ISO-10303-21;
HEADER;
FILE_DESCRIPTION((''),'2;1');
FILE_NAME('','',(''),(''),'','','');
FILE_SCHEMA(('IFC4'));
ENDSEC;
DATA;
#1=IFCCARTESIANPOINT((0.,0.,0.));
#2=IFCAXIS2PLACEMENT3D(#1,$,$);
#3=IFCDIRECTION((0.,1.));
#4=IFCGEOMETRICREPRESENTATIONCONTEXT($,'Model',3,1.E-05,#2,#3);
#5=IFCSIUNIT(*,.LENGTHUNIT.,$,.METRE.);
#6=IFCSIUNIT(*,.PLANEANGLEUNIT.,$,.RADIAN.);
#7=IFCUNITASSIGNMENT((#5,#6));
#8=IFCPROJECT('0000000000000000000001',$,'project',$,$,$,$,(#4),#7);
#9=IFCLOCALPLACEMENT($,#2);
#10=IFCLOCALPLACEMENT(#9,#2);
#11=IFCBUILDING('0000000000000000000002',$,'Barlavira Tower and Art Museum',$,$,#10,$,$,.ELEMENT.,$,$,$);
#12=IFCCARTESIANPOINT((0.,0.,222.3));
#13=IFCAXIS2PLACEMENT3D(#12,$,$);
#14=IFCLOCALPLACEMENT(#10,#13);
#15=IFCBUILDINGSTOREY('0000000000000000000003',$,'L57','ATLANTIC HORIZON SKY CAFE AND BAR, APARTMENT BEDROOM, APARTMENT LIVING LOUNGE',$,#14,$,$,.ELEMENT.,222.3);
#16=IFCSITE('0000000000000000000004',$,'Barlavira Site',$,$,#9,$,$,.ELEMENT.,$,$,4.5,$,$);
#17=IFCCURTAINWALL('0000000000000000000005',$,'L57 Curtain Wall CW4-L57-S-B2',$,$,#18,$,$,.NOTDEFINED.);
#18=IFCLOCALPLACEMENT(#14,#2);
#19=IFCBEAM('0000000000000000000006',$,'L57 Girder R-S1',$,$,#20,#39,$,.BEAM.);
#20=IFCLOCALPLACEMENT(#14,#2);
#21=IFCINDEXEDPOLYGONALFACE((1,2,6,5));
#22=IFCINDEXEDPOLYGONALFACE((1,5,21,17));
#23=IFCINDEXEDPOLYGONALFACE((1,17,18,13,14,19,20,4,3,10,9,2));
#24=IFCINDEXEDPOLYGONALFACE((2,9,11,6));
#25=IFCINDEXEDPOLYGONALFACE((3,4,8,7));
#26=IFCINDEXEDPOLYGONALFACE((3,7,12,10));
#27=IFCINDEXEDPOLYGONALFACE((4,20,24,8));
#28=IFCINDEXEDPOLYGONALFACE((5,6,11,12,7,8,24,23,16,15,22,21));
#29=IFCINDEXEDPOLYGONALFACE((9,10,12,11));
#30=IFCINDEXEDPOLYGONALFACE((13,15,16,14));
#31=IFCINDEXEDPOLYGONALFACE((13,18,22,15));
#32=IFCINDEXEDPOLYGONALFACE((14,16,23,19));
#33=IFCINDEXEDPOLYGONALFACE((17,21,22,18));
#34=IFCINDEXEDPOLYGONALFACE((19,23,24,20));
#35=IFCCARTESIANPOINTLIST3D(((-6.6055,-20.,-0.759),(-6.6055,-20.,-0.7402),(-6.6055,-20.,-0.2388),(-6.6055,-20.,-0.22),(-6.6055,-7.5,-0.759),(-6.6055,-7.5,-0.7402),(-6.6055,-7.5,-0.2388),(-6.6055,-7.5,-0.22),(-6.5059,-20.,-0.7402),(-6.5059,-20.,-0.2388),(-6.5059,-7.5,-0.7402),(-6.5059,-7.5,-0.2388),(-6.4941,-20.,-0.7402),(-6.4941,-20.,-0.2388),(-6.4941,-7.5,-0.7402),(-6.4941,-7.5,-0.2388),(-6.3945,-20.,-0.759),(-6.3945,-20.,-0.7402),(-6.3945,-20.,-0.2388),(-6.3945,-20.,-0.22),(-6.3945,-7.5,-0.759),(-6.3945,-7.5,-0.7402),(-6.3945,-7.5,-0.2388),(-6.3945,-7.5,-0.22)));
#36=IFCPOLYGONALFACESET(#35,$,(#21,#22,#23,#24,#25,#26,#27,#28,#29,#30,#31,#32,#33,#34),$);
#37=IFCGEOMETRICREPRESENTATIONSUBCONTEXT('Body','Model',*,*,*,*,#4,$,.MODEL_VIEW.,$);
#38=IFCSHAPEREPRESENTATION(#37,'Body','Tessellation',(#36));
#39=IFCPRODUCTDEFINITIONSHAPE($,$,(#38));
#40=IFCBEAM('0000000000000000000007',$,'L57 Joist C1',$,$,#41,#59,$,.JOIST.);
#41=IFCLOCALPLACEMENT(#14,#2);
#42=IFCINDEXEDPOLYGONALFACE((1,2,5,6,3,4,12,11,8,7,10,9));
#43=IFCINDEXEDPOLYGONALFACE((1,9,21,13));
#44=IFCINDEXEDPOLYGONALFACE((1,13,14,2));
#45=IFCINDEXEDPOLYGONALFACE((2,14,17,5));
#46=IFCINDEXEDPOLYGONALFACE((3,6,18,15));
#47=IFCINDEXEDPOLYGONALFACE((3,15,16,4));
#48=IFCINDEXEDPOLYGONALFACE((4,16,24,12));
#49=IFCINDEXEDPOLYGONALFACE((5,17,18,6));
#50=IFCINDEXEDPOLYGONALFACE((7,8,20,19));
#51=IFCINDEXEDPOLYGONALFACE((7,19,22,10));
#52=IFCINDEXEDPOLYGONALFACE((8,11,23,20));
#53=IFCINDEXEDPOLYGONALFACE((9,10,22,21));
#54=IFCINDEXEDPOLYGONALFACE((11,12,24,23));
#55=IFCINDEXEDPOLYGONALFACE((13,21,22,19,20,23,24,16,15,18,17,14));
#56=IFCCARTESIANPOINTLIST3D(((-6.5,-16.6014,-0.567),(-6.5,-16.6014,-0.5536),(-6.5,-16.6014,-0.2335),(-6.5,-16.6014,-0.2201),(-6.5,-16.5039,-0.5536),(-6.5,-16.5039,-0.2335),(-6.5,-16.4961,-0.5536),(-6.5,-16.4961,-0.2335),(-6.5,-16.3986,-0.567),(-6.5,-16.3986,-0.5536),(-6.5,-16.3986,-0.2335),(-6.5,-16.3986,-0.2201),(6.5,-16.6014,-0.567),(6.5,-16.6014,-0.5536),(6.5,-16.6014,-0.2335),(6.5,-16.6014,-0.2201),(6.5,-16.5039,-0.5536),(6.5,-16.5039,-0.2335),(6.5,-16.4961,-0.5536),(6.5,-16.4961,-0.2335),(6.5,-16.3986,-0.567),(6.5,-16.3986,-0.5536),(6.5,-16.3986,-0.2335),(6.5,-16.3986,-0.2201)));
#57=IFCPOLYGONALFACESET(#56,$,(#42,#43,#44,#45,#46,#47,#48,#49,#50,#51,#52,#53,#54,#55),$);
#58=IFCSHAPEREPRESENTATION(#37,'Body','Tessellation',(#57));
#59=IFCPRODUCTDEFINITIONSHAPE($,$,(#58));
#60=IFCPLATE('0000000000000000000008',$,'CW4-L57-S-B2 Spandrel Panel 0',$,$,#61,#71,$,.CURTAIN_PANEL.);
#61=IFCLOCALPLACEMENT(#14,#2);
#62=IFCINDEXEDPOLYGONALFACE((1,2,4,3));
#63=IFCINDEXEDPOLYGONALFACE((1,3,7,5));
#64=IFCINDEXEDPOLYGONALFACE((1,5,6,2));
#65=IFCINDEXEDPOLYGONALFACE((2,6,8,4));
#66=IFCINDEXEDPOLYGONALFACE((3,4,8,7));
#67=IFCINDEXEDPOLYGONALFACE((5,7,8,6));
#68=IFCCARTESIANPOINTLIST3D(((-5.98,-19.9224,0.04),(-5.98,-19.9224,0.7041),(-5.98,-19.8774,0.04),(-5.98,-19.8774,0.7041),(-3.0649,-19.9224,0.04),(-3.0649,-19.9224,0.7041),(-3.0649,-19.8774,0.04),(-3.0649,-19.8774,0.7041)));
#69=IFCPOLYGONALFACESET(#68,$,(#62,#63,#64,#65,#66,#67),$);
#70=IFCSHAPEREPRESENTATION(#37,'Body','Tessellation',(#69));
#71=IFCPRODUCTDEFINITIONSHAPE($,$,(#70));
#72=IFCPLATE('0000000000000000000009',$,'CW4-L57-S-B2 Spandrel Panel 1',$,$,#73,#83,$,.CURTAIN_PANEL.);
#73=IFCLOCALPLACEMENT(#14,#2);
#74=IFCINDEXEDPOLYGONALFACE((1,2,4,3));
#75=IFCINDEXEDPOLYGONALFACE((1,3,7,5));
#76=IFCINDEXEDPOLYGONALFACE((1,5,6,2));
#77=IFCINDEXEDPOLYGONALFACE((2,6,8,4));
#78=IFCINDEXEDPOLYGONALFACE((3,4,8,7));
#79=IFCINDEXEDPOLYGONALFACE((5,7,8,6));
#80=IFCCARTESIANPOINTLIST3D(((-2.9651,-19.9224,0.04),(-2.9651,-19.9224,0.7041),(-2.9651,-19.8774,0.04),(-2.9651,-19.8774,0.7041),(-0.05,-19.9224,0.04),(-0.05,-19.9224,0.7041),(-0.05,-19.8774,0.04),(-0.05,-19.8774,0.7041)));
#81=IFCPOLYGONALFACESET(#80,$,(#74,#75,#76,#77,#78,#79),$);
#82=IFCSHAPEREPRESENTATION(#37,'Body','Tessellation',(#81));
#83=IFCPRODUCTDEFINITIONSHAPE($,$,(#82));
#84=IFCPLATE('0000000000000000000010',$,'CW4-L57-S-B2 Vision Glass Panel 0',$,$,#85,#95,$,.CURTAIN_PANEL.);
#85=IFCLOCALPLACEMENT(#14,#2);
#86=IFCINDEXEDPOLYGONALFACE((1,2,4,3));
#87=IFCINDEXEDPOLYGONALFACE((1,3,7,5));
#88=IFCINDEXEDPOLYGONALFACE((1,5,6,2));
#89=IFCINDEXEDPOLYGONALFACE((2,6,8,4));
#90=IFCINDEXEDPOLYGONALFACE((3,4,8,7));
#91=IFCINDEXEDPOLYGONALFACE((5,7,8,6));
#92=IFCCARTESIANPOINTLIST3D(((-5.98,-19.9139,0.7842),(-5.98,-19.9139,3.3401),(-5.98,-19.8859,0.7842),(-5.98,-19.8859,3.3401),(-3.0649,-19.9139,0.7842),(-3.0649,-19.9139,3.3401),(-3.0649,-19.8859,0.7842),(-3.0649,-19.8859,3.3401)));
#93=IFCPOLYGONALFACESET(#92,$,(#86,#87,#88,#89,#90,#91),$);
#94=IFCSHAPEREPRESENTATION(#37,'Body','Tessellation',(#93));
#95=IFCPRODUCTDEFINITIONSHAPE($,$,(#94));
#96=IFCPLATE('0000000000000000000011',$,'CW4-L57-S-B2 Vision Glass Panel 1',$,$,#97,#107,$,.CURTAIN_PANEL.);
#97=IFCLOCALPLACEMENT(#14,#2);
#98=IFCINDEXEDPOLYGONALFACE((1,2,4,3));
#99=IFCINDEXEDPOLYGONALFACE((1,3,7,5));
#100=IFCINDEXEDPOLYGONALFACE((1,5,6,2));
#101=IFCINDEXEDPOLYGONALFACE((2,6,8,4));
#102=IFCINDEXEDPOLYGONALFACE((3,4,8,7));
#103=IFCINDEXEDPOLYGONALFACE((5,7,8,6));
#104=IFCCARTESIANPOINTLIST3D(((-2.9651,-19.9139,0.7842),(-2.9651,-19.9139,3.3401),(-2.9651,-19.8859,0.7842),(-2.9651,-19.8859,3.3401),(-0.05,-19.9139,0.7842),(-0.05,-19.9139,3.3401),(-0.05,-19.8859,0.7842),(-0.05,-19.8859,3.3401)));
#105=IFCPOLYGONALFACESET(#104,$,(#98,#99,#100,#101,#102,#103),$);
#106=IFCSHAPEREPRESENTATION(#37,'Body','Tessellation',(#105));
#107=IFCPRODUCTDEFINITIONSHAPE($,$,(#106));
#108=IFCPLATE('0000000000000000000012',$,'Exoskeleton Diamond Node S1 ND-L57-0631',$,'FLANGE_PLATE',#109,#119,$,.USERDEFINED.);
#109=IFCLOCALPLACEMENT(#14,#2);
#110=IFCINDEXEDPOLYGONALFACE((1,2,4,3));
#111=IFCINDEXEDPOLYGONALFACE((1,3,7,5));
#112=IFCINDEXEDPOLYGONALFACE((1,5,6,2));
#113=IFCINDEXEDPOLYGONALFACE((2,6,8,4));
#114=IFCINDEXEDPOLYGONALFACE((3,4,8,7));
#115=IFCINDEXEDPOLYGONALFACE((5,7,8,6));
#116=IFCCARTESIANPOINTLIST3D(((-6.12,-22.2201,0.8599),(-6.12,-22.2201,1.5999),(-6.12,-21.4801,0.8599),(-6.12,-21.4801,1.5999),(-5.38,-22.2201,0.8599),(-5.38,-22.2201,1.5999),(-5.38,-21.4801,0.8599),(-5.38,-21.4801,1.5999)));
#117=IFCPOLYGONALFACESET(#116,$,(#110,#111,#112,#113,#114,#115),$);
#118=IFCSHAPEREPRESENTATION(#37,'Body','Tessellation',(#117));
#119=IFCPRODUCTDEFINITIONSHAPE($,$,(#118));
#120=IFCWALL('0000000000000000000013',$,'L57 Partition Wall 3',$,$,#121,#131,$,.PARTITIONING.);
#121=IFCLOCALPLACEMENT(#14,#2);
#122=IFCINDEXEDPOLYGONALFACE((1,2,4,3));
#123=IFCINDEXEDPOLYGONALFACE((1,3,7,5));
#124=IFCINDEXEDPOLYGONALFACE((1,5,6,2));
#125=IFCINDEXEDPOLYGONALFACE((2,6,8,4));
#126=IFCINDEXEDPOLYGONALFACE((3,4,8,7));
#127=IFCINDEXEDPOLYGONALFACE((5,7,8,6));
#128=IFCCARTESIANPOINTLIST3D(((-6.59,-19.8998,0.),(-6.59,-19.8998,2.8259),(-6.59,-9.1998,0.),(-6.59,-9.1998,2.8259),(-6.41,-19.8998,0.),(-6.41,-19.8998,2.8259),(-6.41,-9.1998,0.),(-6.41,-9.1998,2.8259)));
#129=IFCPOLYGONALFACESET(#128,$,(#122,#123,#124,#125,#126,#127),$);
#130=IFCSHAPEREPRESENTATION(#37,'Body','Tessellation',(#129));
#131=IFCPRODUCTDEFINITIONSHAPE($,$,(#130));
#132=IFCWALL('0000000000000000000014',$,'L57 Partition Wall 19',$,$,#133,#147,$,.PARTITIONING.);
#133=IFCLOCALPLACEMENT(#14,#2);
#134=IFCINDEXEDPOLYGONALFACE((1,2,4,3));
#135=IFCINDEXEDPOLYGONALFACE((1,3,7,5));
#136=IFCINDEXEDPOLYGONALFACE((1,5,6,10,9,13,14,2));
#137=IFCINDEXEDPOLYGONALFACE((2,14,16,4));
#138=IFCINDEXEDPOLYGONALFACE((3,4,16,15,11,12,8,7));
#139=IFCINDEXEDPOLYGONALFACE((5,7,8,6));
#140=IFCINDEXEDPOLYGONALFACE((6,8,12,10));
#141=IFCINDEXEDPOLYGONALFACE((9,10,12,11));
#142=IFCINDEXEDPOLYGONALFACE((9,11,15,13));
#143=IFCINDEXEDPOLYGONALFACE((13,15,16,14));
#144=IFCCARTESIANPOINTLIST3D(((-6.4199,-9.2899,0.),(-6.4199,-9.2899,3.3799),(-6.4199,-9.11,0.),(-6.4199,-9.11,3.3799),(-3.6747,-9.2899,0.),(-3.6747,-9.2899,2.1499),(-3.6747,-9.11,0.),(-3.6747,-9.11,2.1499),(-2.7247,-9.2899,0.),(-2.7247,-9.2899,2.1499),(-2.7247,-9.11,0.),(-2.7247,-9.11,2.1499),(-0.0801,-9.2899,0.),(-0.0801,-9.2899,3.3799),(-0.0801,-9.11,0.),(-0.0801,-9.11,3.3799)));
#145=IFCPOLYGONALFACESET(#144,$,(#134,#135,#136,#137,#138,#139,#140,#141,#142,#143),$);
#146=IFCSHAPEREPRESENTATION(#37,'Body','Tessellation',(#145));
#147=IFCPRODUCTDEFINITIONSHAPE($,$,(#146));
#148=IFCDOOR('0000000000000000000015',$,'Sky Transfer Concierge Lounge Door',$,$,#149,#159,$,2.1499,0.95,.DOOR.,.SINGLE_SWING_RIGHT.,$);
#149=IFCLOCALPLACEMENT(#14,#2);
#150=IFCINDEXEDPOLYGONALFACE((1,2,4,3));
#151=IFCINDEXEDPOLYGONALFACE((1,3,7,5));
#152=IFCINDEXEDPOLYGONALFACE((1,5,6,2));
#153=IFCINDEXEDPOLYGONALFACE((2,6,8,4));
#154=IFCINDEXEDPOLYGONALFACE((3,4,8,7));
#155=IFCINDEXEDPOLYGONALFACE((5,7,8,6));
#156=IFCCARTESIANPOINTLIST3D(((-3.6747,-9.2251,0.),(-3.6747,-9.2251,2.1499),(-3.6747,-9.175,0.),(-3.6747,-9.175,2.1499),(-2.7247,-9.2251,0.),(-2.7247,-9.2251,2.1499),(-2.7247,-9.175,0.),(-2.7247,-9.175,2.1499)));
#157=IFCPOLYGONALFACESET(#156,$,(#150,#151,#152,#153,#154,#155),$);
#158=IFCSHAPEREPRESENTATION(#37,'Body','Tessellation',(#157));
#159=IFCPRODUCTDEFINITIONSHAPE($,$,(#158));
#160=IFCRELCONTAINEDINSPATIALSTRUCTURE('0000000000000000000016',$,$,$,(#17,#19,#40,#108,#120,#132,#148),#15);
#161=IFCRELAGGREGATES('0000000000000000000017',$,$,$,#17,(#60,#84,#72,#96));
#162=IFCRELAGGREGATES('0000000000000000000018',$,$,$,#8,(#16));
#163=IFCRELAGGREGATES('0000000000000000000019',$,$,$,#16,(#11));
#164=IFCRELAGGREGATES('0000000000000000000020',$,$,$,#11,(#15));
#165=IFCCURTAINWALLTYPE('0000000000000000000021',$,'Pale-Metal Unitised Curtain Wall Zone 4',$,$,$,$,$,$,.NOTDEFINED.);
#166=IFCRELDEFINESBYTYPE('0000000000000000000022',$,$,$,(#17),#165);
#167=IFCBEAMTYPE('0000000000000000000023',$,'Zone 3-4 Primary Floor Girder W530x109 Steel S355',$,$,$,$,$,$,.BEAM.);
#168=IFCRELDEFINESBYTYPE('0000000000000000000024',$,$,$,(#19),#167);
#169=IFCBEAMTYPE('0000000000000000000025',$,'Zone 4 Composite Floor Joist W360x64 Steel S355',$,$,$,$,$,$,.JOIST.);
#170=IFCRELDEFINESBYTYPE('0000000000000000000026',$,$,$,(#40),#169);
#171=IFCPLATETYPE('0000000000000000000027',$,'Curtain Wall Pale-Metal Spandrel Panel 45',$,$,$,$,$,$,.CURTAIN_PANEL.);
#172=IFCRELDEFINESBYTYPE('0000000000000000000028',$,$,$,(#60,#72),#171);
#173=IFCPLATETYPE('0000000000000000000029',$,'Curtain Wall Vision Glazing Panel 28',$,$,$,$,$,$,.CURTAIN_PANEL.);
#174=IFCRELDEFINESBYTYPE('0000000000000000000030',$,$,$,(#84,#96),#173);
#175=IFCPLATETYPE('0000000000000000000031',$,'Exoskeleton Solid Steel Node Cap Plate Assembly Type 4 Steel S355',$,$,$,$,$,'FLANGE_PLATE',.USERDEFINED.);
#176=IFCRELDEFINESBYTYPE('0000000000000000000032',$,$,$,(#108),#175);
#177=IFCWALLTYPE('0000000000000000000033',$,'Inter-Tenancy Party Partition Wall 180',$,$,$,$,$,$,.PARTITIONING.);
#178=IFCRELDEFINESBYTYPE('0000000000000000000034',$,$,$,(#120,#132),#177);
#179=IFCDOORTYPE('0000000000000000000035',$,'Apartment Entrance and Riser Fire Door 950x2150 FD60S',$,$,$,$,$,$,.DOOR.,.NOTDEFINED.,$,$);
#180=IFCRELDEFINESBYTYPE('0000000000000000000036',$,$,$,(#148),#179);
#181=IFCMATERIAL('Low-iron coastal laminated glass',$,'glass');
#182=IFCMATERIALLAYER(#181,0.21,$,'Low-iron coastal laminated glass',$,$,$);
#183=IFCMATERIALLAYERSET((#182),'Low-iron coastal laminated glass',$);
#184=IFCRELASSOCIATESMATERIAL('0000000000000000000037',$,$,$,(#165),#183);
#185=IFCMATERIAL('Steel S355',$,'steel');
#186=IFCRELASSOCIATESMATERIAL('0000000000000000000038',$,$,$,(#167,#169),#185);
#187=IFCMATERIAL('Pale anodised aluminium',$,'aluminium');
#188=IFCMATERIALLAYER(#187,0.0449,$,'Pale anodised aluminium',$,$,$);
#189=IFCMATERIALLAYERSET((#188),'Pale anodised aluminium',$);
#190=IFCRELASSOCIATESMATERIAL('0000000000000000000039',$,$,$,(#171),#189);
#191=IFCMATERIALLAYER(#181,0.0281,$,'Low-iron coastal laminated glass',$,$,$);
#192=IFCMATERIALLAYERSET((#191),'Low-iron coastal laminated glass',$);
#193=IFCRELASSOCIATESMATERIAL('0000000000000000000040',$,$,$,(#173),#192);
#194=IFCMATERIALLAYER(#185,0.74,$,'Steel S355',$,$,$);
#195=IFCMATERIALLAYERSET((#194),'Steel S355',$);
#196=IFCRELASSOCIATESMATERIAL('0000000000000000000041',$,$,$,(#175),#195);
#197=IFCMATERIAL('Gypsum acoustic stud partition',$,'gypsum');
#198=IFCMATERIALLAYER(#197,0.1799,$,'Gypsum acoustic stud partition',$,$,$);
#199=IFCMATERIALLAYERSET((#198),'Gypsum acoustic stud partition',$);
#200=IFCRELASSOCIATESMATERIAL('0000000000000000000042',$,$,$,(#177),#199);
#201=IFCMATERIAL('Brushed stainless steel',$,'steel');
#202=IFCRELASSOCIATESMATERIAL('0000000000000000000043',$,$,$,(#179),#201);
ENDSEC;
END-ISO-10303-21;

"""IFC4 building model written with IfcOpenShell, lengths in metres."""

from ifc_helpers import new_model, si_unit, direction, frame, frame_2d, origin, origin_2d, place, context, subcontext, project, spatial, rectangle, i_section, extrude, material, layer, layer_set, material_profile, profile_set, type_object, element, fill, aggregate, save


model = new_model("IFC4")

# Units and contexts
model_context = context("Model", 3, precision=1e-05, world=origin(), true_north=direction((0.0, 1.0)))
body_context = subcontext(model_context, "Body", "Model", "MODEL_VIEW")
ifc_project = project(units=[si_unit("LENGTHUNIT", "METRE"), si_unit("PLANEANGLEUNIT", "RADIAN")], contexts=[model_context])

# Site, building, storey
site_placement = place(None, origin())
site = spatial("IfcSite", under=ifc_project, at=site_placement, Name="Barlavira Site", CompositionType="ELEMENT", RefElevation=4.5)
building_placement = place(site_placement, origin())
building = spatial("IfcBuilding", under=site, at=building_placement, Name="Barlavira Tower and Art Museum", CompositionType="ELEMENT")
storey_placement = place(building_placement, frame((0.0, 0.0, 222.3)))
storey = spatial("IfcBuildingStorey", under=building, at=storey_placement, Name="L57", Description="ATLANTIC HORIZON SKY CAFE AND BAR, APARTMENT BEDROOM, APARTMENT LIVING LOUNGE", CompositionType="ELEMENT", Elevation=222.3)

# Curtain wall
ifc_material_1 = material(Name="Low-iron coastal laminated glass", Category="glass")
ifc_layer_1 = layer(ifc_material_1, 0.21, Name="Low-iron coastal laminated glass")
ifc_layer_set_1 = layer_set([ifc_layer_1], Name="Low-iron coastal laminated glass")
curtain_wall_type = type_object("IfcCurtainWallType", Name="Pale-Metal Unitised Curtain Wall Zone 4", PredefinedType="NOTDEFINED", material=ifc_layer_set_1)
curtain_wall_placement = place(storey_placement, origin())
curtain_wall = element("IfcCurtainWall", 1, at=curtain_wall_placement, inside=storey, type_object=curtain_wall_type, Name="L57 Curtain Wall CW4-L57-S-B2", PredefinedType="NOTDEFINED")
ifc_material_2 = material(Name="Pale anodised aluminium", Category="aluminium")

# Beams
ifc_material_3 = material(Name="Steel S355", Category="steel")
ifc_material_profile_1 = material_profile(ifc_material_3, i_section(OverallWidth=0.2109, OverallDepth=0.5391, WebThickness=0.0117, FlangeThickness=0.0188, at=origin_2d()), Name="W530x109.0")
ifc_profile_set_1 = profile_set([ifc_material_profile_1], Name="Steel S355")
beam_type_1 = type_object("IfcBeamType", Name="Zone 3-4 Primary Floor Girder W530x109 Steel S355", PredefinedType="BEAM", material=ifc_profile_set_1)
beam_1_placement = place(storey_placement, frame((-6.5, -20.0, -0.4895), z_axis=(0.0, 1.0, 0.0), x_axis=(-1.0, 0.0, 0.0)))
element("IfcBeam", 2, at=beam_1_placement, inside=storey, type_object=beam_type_1, Name="L57 Girder R-S1", PredefinedType="BEAM", context=body_context, shape_type="SweptSolid", body=[
    extrude(i_section(OverallWidth=0.2109, OverallDepth=0.5391, WebThickness=0.0117, FlangeThickness=0.0188, at=origin_2d()), origin(), (0.0, 0.0, 1.0), 12.5),
])
ifc_material_profile_2 = material_profile(ifc_material_3, i_section(OverallWidth=0.2029, OverallDepth=0.3469, WebThickness=0.0078, FlangeThickness=0.0134, at=origin_2d()), Name="W360x64.0")
ifc_profile_set_2 = profile_set([ifc_material_profile_2], Name="Steel S355")
beam_type_2 = type_object("IfcBeamType", Name="Zone 4 Composite Floor Joist W360x64 Steel S355", PredefinedType="JOIST", material=ifc_profile_set_2)
beam_2_placement = place(storey_placement, frame((-6.5, -16.5, -0.3936), z_axis=(1.0, 0.0, 0.0), x_axis=(0.0, 1.0, 0.0)))
element("IfcBeam", 3, at=beam_2_placement, inside=storey, type_object=beam_type_2, Name="L57 Joist C1", PredefinedType="JOIST", context=body_context, shape_type="SweptSolid", body=[
    extrude(i_section(OverallWidth=0.2029, OverallDepth=0.3469, WebThickness=0.0078, FlangeThickness=0.0134, at=origin_2d()), origin(), (0.0, 0.0, 1.0), 13.0),
])

# Plates
ifc_layer_2 = layer(ifc_material_2, 0.0449, Name="Pale anodised aluminium")
ifc_layer_set_2 = layer_set([ifc_layer_2], Name="Pale anodised aluminium")
plate_type_1 = type_object("IfcPlateType", Name="Curtain Wall Pale-Metal Spandrel Panel 45", PredefinedType="CURTAIN_PANEL", material=ifc_layer_set_2)
plate_1_placement = place(storey_placement, frame((-4.5225, -19.8999, 0.04), z_axis=(0.0, 0.0, 1.0), x_axis=(1.0, 0.0, 0.0)))
plate_1 = element("IfcPlate", 4, at=plate_1_placement, type_object=plate_type_1, Name="CW4-L57-S-B2 Spandrel Panel 0", PredefinedType="CURTAIN_PANEL", context=body_context, shape_type="SweptSolid", body=[
    extrude(rectangle(XDim=2.915, YDim=0.0449, at=origin_2d()), origin(), (0.0, 0.0, 1.0), 0.6641),
])
plate_2_placement = place(storey_placement, frame((-1.5076, -19.8999, 0.04), z_axis=(0.0, 0.0, 1.0), x_axis=(1.0, 0.0, 0.0)))
plate_2 = element("IfcPlate", 5, at=plate_2_placement, type_object=plate_type_1, Name="CW4-L57-S-B2 Spandrel Panel 1", PredefinedType="CURTAIN_PANEL", context=body_context, shape_type="SweptSolid", body=[
    extrude(rectangle(XDim=2.915, YDim=0.0449, at=origin_2d()), origin(), (0.0, 0.0, 1.0), 0.6641),
])
ifc_layer_3 = layer(ifc_material_1, 0.0281, Name="Low-iron coastal laminated glass")
ifc_layer_set_3 = layer_set([ifc_layer_3], Name="Low-iron coastal laminated glass")
plate_type_2 = type_object("IfcPlateType", Name="Curtain Wall Vision Glazing Panel 28", PredefinedType="CURTAIN_PANEL", material=ifc_layer_set_3)
plate_3_placement = place(storey_placement, frame((-4.5225, -19.8999, 0.7842), z_axis=(0.0, 0.0, 1.0), x_axis=(1.0, 0.0, 0.0)))
plate_3 = element("IfcPlate", 6, at=plate_3_placement, type_object=plate_type_2, Name="CW4-L57-S-B2 Vision Glass Panel 0", PredefinedType="CURTAIN_PANEL", context=body_context, shape_type="SweptSolid", body=[
    extrude(rectangle(XDim=2.915, YDim=0.0281, at=origin_2d()), origin(), (0.0, 0.0, 1.0), 2.5559),
])
plate_4_placement = place(storey_placement, frame((-1.5076, -19.8999, 0.7842), z_axis=(0.0, 0.0, 1.0), x_axis=(1.0, 0.0, 0.0)))
plate_4 = element("IfcPlate", 7, at=plate_4_placement, type_object=plate_type_2, Name="CW4-L57-S-B2 Vision Glass Panel 1", PredefinedType="CURTAIN_PANEL", context=body_context, shape_type="SweptSolid", body=[
    extrude(rectangle(XDim=2.915, YDim=0.0281, at=origin_2d()), origin(), (0.0, 0.0, 1.0), 2.5559),
])
aggregate(curtain_wall, [plate_1, plate_3, plate_2, plate_4])
ifc_layer_4 = layer(ifc_material_3, 0.74, Name="Steel S355")
ifc_layer_set_4 = layer_set([ifc_layer_4], Name="Steel S355")
plate_type_3 = type_object("IfcPlateType", Name="Exoskeleton Solid Steel Node Cap Plate Assembly Type 4 Steel S355", ElementType="FLANGE_PLATE", PredefinedType="USERDEFINED", material=ifc_layer_set_4)
plate_5_placement = place(storey_placement, frame((-5.75, -21.8501, 0.8599), z_axis=(0.0, 0.0, 1.0), x_axis=(1.0, 0.0, 0.0)))
element("IfcPlate", 8, at=plate_5_placement, inside=storey, type_object=plate_type_3, Name="Exoskeleton Diamond Node S1 ND-L57-0631", ObjectType="FLANGE_PLATE", PredefinedType="USERDEFINED", context=body_context, shape_type="SweptSolid", body=[
    extrude(rectangle(XDim=0.74, YDim=0.74, at=origin_2d()), origin(), (0.0, 0.0, 1.0), 0.74),
])

# Wall
ifc_material_4 = material(Name="Gypsum acoustic stud partition", Category="gypsum")
ifc_layer_5 = layer(ifc_material_4, 0.1799, Name="Gypsum acoustic stud partition")
ifc_layer_set_5 = layer_set([ifc_layer_5], Name="Gypsum acoustic stud partition")
wall_type = type_object("IfcWallType", Name="Inter-Tenancy Party Partition Wall 180", PredefinedType="PARTITIONING", material=ifc_layer_set_5)
wall_1_placement = place(storey_placement, frame((-6.5, -19.8999, 0.0), z_axis=(0.0, 0.0, 1.0), x_axis=(0.0, 1.0, 0.0)))
element("IfcWall", 9, at=wall_1_placement, inside=storey, type_object=wall_type, Name="L57 Partition Wall 3", PredefinedType="PARTITIONING", context=body_context, shape_type="SweptSolid", body=[
    extrude(rectangle(XDim=10.7, YDim=0.1799, at=frame_2d((5.3501, 0.0))), origin(), (0.0, 0.0, 1.0), 2.8259),
])

# Wall, opening, door
wall_2_placement = place(storey_placement, frame((-6.4199, -9.2, 0.0), z_axis=(0.0, 0.0, 1.0), x_axis=(1.0, 0.0, 0.0)))
wall_2 = element("IfcWall", 10, at=wall_2_placement, inside=storey, type_object=wall_type, Name="L57 Partition Wall 19", PredefinedType="PARTITIONING", context=body_context, shape_type="SweptSolid", body=[
    extrude(rectangle(XDim=6.3398, YDim=0.1799, at=frame_2d((3.1699, 0.0))), origin(), (0.0, 0.0, 1.0), 3.3799),
])
opening_placement = place(wall_2_placement, frame((2.7451, 0.0, 0.0)))
opening = element("IfcOpeningElement", 11, at=opening_placement, cuts=wall_2, PredefinedType="OPENING", context=body_context, shape_type="SweptSolid", body=[
    extrude(rectangle(XDim=0.95, YDim=2.1499, at=frame_2d((0.4751, 1.075))), frame((0.0, 0.1001, 0.0), z_axis=(0.0, -1.0, 0.0), x_axis=(1.0, 0.0, 0.0)), (0.0, 0.0, 1.0), 0.2),
])
ifc_material_5 = material(Name="Brushed stainless steel", Category="steel")
door_type = type_object("IfcDoorType", Name="Apartment Entrance and Riser Fire Door 950x2150 FD60S", OperationType="NOTDEFINED", PredefinedType="DOOR", material=ifc_material_5)
door_placement = place(opening_placement, origin())
door = element("IfcDoor", 12, at=door_placement, inside=storey, type_object=door_type, Name="Sky Transfer Concierge Lounge Door", OperationType="SINGLE_SWING_RIGHT", OverallHeight=2.1499, OverallWidth=0.95, PredefinedType="DOOR", context=body_context, shape_type="SweptSolid", body=[
    extrude(rectangle(XDim=0.95, YDim=2.1499, at=frame_2d((0.4751, 1.075))), frame((0.0, 0.0249, 0.0), z_axis=(0.0, -1.0, 0.0), x_axis=(1.0, 0.0, 0.0)), (0.0, 0.0, 1.0), 0.05),
])
fill(opening, door)

save(model, "model.ifc")
